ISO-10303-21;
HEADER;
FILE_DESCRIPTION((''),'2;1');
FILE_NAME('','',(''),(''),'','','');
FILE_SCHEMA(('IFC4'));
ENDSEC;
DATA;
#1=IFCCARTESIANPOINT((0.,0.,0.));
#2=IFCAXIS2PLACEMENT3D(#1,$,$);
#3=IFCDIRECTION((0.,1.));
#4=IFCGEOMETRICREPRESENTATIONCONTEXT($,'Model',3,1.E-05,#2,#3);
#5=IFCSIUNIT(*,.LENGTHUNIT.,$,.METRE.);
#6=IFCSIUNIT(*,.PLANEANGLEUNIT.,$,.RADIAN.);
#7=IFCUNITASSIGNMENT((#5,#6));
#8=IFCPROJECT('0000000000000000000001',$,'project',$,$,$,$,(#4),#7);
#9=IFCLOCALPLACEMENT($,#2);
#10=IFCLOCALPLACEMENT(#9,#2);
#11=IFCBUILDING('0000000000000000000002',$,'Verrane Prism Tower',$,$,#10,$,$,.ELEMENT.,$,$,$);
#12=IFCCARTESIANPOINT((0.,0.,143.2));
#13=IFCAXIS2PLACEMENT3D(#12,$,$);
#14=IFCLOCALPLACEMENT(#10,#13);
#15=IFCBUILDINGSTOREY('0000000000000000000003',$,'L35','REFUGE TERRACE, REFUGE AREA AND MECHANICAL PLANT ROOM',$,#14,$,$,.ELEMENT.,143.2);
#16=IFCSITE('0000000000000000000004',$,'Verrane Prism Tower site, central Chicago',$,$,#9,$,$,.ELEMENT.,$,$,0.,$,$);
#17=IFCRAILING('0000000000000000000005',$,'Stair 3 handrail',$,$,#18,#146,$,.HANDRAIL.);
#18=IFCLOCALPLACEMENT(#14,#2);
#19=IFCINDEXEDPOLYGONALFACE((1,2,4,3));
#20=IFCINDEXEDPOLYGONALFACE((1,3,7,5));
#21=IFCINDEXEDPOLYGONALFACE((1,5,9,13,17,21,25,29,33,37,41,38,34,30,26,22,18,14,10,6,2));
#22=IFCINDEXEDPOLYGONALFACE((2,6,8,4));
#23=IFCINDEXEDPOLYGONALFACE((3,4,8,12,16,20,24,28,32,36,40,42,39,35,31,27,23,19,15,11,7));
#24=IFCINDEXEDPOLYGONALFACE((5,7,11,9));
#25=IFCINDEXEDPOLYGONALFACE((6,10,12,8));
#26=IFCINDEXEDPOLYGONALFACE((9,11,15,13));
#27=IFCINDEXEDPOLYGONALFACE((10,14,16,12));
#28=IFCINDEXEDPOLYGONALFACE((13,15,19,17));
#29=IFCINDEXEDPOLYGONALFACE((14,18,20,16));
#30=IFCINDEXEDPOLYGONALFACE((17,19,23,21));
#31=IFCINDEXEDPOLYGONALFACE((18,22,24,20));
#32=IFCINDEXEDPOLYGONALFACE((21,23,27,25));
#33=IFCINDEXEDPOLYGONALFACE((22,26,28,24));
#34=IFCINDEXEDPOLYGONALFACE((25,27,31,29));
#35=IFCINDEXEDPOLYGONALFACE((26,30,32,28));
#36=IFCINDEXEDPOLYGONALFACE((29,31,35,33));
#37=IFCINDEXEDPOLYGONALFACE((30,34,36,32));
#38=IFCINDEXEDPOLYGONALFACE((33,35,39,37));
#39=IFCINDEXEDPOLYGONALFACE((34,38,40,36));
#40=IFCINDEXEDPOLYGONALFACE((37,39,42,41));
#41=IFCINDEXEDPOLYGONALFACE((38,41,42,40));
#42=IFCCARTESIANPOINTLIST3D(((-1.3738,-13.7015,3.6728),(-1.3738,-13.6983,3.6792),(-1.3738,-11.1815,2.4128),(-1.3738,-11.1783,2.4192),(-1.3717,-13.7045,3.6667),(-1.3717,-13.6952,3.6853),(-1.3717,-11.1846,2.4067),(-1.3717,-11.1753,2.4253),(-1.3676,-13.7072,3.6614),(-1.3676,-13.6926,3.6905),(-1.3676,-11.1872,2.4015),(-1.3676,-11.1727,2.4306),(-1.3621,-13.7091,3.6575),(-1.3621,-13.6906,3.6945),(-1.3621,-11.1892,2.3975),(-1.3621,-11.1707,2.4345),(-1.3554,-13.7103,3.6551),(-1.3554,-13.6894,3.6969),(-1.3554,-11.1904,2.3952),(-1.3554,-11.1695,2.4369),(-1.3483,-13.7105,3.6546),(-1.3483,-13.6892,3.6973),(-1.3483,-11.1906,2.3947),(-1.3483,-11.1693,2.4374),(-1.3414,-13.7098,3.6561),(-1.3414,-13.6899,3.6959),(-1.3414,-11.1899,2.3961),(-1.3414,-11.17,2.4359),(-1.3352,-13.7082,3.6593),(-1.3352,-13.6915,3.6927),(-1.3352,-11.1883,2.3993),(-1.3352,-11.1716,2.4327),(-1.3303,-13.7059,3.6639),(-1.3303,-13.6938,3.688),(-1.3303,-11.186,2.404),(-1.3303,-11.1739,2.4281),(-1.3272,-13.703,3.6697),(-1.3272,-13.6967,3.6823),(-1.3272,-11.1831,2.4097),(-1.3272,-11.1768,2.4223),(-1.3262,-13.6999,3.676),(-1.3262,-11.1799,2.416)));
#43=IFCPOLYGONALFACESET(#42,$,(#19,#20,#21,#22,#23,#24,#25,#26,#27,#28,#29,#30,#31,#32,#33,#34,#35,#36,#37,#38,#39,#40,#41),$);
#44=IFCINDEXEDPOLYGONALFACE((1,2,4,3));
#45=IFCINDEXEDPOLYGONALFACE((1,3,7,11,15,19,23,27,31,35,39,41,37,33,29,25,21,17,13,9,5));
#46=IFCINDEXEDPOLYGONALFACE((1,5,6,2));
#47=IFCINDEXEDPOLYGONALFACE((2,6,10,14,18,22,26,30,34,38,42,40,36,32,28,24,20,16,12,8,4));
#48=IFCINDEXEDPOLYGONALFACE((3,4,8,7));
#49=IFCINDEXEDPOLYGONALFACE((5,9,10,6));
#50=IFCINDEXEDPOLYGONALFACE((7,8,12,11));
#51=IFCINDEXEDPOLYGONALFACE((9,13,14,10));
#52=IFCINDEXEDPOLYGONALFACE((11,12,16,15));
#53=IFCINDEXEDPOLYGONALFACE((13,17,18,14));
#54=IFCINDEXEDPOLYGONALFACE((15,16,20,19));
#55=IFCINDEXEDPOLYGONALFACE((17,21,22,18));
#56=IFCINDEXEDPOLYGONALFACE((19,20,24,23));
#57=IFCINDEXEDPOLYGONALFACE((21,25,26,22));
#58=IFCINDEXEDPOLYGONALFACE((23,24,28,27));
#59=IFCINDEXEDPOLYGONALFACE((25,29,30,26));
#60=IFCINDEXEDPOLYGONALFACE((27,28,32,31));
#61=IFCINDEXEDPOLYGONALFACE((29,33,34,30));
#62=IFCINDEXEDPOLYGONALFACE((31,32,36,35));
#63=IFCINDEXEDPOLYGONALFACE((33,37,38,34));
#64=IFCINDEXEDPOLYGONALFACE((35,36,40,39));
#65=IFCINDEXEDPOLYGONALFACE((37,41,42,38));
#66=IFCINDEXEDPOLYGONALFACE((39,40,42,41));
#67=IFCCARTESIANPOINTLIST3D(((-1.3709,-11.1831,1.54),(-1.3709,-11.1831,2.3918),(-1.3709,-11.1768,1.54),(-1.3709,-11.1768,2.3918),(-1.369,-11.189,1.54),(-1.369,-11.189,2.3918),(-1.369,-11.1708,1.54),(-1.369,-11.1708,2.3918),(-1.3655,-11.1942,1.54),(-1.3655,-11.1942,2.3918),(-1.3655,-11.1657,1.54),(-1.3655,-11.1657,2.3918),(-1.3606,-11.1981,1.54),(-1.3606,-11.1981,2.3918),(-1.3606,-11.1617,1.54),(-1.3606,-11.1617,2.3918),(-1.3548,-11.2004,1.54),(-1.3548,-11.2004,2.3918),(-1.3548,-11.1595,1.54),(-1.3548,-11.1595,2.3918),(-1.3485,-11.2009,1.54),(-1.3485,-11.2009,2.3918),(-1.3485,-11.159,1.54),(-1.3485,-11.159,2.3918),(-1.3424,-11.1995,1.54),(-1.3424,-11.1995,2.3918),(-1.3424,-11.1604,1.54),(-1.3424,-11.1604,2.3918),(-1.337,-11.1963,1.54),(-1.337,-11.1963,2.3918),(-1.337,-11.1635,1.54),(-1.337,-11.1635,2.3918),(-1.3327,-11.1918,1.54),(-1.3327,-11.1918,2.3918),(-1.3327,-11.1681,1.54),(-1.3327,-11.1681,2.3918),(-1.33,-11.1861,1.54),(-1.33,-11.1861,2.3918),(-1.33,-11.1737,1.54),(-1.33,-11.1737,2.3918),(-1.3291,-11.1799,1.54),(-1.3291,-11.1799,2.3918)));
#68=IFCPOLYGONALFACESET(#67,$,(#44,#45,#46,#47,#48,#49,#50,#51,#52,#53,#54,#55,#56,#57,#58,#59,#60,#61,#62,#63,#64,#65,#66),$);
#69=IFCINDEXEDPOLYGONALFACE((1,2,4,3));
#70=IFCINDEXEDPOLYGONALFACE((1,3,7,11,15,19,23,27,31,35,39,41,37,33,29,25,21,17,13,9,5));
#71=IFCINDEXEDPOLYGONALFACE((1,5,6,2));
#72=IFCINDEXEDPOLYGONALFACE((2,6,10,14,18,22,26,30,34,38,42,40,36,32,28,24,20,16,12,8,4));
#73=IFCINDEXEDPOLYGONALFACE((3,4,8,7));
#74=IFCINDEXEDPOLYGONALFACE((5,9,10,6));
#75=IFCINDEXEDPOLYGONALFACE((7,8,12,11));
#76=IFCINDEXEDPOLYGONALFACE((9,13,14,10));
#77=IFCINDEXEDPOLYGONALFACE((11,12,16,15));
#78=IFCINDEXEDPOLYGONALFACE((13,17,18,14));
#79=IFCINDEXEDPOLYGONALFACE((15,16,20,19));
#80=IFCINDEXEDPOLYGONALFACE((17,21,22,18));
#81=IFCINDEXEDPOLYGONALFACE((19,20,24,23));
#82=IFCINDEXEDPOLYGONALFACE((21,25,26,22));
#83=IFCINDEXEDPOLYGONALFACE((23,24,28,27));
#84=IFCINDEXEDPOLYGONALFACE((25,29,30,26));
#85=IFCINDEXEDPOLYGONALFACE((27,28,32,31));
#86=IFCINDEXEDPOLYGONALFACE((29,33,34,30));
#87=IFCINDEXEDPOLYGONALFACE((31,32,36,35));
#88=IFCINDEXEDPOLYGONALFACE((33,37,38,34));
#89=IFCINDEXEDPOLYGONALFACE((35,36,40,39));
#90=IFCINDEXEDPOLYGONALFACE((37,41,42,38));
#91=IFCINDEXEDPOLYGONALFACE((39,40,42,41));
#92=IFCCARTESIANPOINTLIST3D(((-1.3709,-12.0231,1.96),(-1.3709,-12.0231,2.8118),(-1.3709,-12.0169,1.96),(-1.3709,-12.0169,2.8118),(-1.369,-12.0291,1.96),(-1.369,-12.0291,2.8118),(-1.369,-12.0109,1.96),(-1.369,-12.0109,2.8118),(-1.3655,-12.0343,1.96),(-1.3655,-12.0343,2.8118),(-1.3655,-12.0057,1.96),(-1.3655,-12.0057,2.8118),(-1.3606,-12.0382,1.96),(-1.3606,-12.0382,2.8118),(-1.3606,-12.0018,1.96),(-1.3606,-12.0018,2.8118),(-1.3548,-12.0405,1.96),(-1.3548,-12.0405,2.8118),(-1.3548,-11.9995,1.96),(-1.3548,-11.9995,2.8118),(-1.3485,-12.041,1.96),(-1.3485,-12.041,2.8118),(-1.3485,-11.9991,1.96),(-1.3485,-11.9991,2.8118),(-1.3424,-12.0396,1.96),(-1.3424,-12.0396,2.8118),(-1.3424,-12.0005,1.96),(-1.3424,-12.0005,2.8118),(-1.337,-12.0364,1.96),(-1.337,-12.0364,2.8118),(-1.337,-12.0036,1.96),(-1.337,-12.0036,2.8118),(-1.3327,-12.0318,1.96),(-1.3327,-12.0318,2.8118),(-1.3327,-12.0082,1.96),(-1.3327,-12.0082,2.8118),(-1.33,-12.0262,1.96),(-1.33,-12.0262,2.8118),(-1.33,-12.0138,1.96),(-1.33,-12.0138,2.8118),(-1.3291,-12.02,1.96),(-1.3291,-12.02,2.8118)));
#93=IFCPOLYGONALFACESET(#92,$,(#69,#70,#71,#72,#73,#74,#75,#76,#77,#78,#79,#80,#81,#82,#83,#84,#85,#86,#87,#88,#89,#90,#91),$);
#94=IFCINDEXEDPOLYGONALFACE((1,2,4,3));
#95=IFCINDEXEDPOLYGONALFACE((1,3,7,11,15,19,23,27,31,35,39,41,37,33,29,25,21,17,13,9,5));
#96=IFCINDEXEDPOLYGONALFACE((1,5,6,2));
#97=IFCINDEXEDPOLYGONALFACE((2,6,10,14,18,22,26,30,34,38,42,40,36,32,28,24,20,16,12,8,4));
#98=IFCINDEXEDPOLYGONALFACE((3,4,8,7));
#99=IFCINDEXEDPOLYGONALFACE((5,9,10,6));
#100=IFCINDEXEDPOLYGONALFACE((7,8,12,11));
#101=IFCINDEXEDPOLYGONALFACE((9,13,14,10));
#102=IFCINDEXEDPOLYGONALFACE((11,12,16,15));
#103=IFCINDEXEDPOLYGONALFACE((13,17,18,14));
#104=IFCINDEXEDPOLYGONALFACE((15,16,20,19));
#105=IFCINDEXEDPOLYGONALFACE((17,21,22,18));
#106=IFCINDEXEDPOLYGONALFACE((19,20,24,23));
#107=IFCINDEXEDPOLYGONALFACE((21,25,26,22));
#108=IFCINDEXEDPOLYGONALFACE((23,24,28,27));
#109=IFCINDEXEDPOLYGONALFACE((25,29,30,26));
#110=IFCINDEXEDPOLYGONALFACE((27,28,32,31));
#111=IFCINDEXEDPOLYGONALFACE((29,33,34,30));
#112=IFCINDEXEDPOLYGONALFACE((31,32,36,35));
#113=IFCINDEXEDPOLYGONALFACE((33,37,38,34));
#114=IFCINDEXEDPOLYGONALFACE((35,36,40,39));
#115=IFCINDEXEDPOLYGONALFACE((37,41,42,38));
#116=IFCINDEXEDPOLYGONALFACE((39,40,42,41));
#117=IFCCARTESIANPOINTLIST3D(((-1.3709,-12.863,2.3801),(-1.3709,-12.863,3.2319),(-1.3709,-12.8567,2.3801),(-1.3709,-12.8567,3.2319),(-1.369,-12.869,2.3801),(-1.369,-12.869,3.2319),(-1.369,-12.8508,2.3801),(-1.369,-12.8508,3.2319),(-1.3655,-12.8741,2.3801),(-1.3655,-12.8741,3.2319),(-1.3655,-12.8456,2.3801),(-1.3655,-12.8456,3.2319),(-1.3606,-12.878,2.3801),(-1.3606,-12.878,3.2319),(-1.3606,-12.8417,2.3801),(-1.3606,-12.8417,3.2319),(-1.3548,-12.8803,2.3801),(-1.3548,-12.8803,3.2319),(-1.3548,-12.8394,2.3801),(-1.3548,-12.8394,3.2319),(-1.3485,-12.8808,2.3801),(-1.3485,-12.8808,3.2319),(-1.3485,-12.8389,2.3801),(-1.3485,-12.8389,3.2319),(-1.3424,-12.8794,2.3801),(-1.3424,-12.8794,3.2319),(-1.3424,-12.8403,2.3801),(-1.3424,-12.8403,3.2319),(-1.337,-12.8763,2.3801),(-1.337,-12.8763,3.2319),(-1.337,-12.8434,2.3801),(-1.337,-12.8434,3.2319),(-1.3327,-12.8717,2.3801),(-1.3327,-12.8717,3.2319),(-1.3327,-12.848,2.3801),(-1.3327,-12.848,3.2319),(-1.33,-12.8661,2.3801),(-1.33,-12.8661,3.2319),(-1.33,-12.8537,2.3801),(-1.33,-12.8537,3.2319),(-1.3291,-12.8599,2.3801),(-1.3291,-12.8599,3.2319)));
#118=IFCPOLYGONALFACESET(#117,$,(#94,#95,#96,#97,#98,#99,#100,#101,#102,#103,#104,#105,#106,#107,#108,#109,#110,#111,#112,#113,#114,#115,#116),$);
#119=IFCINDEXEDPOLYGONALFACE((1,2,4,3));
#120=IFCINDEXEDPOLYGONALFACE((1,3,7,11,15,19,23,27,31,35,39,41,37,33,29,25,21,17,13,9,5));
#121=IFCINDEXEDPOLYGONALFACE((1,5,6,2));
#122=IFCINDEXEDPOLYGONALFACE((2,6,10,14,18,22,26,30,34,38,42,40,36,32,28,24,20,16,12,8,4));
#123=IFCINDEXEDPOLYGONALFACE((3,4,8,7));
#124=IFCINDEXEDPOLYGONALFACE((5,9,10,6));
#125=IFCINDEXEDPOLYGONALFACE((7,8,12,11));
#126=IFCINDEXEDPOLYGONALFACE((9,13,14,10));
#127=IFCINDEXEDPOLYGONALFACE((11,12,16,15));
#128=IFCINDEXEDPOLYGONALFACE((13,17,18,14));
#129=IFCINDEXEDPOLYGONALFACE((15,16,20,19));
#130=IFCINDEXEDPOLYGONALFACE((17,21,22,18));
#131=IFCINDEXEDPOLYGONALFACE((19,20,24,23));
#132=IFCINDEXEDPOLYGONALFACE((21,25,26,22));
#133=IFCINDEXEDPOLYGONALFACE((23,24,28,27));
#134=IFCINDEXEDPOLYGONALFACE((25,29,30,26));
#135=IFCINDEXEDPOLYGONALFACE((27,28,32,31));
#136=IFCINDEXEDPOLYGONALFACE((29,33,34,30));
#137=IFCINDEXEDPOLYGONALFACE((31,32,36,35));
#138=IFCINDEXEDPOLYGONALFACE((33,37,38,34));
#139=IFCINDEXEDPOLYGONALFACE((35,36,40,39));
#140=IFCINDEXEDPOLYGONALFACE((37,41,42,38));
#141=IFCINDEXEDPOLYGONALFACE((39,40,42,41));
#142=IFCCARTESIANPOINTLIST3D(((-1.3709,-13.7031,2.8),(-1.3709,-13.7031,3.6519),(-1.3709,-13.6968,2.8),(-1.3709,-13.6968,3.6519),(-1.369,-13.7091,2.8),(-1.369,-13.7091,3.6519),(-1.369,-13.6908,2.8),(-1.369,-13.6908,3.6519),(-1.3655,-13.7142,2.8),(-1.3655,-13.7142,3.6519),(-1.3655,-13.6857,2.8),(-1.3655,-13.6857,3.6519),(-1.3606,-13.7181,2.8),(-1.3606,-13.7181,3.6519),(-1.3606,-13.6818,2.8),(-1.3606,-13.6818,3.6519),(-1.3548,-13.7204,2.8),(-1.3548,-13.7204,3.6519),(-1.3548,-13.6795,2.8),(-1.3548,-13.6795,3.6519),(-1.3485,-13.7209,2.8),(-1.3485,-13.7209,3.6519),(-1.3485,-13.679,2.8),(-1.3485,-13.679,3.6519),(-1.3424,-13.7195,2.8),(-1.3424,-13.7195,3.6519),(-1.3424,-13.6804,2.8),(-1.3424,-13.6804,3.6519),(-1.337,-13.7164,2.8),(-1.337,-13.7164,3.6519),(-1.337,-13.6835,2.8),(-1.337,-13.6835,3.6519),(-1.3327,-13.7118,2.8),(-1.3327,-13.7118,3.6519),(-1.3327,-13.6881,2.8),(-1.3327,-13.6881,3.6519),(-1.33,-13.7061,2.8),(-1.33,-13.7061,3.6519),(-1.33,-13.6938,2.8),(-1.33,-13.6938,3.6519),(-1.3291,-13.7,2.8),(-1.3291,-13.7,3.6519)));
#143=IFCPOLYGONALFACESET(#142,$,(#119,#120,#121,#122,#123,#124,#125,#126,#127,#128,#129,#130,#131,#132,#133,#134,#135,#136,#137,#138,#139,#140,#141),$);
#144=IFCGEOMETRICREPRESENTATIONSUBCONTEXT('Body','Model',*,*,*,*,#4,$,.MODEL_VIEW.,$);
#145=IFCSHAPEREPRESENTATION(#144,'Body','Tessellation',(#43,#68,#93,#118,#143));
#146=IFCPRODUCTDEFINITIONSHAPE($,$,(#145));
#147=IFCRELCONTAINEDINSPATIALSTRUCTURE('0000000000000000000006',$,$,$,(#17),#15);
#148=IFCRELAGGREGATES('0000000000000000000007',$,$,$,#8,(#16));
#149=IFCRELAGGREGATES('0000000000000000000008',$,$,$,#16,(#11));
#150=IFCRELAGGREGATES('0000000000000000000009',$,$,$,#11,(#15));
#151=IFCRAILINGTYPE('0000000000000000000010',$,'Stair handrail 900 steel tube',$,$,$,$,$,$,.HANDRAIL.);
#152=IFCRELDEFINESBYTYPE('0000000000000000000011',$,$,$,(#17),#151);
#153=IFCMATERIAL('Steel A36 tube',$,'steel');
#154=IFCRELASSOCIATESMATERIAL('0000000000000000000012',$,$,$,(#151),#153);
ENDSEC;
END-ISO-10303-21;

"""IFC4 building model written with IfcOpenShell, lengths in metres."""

from ifc_helpers import new_model, si_unit, direction, frame, origin, origin_2d, place, context, subcontext, project, spatial, circle, extrude, material, type_object, element, save


model = new_model("IFC4")

# Units and contexts
model_context = context("Model", 3, precision=1e-05, world=origin(), true_north=direction((0.0, 1.0)))
body_context = subcontext(model_context, "Body", "Model", "MODEL_VIEW")
ifc_project = project(units=[si_unit("LENGTHUNIT", "METRE"), si_unit("PLANEANGLEUNIT", "RADIAN")], contexts=[model_context])

# Site, building, storey
site_placement = place(None, origin())
site = spatial("IfcSite", under=ifc_project, at=site_placement, Name="Verrane Prism Tower site, central Chicago", CompositionType="ELEMENT", RefElevation=0.0)
building_placement = place(site_placement, origin())
building = spatial("IfcBuilding", under=site, at=building_placement, Name="Verrane Prism Tower", CompositionType="ELEMENT")
storey_placement = place(building_placement, frame((0.0, 0.0, 143.2)))
storey = spatial("IfcBuildingStorey", under=building, at=storey_placement, Name="L35", Description="REFUGE TERRACE, REFUGE AREA AND MECHANICAL PLANT ROOM", CompositionType="ELEMENT", Elevation=143.2)

# Railing
ifc_material_1 = material(Name="Steel A36 tube", Category="steel")
railing_type = type_object("IfcRailingType", Name="Stair handrail 900 steel tube", PredefinedType="HANDRAIL", material=ifc_material_1)
for number, where, name in (
    (1, (-1.3501, -11.1799, 1.54), "Stair 3 handrail"),
):
    element("IfcRailing", number, at=place(storey_placement, frame(where)), inside=storey, type_object=railing_type, Name=name, PredefinedType="HANDRAIL", context=body_context, shape_type="SweptSolid", body=[
        extrude(circle(Radius=0.0239, at=origin_2d()), frame((0.0, 0.0, 0.876), z_axis=(0.0, -0.894427, 0.447214), x_axis=(1.0, 0.0, 0.0)), (0.0, 0.0, 1.0), 2.8174),
        extrude(circle(Radius=0.021, at=origin_2d()), origin(), (0.0, 0.0, 1.0), 0.8518),
        extrude(circle(Radius=0.021, at=origin_2d()), frame((0.0, -0.8401, 0.4199)), (0.0, 0.0, 1.0), 0.8518),
        extrude(circle(Radius=0.021, at=origin_2d()), frame((0.0, -1.6799, 0.8401)), (0.0, 0.0, 1.0), 0.8518),
        extrude(circle(Radius=0.021, at=origin_2d()), frame((0.0, -2.52, 1.26)), (0.0, 0.0, 1.0), 0.8518),
    ])

save(model, "model.ifc")
